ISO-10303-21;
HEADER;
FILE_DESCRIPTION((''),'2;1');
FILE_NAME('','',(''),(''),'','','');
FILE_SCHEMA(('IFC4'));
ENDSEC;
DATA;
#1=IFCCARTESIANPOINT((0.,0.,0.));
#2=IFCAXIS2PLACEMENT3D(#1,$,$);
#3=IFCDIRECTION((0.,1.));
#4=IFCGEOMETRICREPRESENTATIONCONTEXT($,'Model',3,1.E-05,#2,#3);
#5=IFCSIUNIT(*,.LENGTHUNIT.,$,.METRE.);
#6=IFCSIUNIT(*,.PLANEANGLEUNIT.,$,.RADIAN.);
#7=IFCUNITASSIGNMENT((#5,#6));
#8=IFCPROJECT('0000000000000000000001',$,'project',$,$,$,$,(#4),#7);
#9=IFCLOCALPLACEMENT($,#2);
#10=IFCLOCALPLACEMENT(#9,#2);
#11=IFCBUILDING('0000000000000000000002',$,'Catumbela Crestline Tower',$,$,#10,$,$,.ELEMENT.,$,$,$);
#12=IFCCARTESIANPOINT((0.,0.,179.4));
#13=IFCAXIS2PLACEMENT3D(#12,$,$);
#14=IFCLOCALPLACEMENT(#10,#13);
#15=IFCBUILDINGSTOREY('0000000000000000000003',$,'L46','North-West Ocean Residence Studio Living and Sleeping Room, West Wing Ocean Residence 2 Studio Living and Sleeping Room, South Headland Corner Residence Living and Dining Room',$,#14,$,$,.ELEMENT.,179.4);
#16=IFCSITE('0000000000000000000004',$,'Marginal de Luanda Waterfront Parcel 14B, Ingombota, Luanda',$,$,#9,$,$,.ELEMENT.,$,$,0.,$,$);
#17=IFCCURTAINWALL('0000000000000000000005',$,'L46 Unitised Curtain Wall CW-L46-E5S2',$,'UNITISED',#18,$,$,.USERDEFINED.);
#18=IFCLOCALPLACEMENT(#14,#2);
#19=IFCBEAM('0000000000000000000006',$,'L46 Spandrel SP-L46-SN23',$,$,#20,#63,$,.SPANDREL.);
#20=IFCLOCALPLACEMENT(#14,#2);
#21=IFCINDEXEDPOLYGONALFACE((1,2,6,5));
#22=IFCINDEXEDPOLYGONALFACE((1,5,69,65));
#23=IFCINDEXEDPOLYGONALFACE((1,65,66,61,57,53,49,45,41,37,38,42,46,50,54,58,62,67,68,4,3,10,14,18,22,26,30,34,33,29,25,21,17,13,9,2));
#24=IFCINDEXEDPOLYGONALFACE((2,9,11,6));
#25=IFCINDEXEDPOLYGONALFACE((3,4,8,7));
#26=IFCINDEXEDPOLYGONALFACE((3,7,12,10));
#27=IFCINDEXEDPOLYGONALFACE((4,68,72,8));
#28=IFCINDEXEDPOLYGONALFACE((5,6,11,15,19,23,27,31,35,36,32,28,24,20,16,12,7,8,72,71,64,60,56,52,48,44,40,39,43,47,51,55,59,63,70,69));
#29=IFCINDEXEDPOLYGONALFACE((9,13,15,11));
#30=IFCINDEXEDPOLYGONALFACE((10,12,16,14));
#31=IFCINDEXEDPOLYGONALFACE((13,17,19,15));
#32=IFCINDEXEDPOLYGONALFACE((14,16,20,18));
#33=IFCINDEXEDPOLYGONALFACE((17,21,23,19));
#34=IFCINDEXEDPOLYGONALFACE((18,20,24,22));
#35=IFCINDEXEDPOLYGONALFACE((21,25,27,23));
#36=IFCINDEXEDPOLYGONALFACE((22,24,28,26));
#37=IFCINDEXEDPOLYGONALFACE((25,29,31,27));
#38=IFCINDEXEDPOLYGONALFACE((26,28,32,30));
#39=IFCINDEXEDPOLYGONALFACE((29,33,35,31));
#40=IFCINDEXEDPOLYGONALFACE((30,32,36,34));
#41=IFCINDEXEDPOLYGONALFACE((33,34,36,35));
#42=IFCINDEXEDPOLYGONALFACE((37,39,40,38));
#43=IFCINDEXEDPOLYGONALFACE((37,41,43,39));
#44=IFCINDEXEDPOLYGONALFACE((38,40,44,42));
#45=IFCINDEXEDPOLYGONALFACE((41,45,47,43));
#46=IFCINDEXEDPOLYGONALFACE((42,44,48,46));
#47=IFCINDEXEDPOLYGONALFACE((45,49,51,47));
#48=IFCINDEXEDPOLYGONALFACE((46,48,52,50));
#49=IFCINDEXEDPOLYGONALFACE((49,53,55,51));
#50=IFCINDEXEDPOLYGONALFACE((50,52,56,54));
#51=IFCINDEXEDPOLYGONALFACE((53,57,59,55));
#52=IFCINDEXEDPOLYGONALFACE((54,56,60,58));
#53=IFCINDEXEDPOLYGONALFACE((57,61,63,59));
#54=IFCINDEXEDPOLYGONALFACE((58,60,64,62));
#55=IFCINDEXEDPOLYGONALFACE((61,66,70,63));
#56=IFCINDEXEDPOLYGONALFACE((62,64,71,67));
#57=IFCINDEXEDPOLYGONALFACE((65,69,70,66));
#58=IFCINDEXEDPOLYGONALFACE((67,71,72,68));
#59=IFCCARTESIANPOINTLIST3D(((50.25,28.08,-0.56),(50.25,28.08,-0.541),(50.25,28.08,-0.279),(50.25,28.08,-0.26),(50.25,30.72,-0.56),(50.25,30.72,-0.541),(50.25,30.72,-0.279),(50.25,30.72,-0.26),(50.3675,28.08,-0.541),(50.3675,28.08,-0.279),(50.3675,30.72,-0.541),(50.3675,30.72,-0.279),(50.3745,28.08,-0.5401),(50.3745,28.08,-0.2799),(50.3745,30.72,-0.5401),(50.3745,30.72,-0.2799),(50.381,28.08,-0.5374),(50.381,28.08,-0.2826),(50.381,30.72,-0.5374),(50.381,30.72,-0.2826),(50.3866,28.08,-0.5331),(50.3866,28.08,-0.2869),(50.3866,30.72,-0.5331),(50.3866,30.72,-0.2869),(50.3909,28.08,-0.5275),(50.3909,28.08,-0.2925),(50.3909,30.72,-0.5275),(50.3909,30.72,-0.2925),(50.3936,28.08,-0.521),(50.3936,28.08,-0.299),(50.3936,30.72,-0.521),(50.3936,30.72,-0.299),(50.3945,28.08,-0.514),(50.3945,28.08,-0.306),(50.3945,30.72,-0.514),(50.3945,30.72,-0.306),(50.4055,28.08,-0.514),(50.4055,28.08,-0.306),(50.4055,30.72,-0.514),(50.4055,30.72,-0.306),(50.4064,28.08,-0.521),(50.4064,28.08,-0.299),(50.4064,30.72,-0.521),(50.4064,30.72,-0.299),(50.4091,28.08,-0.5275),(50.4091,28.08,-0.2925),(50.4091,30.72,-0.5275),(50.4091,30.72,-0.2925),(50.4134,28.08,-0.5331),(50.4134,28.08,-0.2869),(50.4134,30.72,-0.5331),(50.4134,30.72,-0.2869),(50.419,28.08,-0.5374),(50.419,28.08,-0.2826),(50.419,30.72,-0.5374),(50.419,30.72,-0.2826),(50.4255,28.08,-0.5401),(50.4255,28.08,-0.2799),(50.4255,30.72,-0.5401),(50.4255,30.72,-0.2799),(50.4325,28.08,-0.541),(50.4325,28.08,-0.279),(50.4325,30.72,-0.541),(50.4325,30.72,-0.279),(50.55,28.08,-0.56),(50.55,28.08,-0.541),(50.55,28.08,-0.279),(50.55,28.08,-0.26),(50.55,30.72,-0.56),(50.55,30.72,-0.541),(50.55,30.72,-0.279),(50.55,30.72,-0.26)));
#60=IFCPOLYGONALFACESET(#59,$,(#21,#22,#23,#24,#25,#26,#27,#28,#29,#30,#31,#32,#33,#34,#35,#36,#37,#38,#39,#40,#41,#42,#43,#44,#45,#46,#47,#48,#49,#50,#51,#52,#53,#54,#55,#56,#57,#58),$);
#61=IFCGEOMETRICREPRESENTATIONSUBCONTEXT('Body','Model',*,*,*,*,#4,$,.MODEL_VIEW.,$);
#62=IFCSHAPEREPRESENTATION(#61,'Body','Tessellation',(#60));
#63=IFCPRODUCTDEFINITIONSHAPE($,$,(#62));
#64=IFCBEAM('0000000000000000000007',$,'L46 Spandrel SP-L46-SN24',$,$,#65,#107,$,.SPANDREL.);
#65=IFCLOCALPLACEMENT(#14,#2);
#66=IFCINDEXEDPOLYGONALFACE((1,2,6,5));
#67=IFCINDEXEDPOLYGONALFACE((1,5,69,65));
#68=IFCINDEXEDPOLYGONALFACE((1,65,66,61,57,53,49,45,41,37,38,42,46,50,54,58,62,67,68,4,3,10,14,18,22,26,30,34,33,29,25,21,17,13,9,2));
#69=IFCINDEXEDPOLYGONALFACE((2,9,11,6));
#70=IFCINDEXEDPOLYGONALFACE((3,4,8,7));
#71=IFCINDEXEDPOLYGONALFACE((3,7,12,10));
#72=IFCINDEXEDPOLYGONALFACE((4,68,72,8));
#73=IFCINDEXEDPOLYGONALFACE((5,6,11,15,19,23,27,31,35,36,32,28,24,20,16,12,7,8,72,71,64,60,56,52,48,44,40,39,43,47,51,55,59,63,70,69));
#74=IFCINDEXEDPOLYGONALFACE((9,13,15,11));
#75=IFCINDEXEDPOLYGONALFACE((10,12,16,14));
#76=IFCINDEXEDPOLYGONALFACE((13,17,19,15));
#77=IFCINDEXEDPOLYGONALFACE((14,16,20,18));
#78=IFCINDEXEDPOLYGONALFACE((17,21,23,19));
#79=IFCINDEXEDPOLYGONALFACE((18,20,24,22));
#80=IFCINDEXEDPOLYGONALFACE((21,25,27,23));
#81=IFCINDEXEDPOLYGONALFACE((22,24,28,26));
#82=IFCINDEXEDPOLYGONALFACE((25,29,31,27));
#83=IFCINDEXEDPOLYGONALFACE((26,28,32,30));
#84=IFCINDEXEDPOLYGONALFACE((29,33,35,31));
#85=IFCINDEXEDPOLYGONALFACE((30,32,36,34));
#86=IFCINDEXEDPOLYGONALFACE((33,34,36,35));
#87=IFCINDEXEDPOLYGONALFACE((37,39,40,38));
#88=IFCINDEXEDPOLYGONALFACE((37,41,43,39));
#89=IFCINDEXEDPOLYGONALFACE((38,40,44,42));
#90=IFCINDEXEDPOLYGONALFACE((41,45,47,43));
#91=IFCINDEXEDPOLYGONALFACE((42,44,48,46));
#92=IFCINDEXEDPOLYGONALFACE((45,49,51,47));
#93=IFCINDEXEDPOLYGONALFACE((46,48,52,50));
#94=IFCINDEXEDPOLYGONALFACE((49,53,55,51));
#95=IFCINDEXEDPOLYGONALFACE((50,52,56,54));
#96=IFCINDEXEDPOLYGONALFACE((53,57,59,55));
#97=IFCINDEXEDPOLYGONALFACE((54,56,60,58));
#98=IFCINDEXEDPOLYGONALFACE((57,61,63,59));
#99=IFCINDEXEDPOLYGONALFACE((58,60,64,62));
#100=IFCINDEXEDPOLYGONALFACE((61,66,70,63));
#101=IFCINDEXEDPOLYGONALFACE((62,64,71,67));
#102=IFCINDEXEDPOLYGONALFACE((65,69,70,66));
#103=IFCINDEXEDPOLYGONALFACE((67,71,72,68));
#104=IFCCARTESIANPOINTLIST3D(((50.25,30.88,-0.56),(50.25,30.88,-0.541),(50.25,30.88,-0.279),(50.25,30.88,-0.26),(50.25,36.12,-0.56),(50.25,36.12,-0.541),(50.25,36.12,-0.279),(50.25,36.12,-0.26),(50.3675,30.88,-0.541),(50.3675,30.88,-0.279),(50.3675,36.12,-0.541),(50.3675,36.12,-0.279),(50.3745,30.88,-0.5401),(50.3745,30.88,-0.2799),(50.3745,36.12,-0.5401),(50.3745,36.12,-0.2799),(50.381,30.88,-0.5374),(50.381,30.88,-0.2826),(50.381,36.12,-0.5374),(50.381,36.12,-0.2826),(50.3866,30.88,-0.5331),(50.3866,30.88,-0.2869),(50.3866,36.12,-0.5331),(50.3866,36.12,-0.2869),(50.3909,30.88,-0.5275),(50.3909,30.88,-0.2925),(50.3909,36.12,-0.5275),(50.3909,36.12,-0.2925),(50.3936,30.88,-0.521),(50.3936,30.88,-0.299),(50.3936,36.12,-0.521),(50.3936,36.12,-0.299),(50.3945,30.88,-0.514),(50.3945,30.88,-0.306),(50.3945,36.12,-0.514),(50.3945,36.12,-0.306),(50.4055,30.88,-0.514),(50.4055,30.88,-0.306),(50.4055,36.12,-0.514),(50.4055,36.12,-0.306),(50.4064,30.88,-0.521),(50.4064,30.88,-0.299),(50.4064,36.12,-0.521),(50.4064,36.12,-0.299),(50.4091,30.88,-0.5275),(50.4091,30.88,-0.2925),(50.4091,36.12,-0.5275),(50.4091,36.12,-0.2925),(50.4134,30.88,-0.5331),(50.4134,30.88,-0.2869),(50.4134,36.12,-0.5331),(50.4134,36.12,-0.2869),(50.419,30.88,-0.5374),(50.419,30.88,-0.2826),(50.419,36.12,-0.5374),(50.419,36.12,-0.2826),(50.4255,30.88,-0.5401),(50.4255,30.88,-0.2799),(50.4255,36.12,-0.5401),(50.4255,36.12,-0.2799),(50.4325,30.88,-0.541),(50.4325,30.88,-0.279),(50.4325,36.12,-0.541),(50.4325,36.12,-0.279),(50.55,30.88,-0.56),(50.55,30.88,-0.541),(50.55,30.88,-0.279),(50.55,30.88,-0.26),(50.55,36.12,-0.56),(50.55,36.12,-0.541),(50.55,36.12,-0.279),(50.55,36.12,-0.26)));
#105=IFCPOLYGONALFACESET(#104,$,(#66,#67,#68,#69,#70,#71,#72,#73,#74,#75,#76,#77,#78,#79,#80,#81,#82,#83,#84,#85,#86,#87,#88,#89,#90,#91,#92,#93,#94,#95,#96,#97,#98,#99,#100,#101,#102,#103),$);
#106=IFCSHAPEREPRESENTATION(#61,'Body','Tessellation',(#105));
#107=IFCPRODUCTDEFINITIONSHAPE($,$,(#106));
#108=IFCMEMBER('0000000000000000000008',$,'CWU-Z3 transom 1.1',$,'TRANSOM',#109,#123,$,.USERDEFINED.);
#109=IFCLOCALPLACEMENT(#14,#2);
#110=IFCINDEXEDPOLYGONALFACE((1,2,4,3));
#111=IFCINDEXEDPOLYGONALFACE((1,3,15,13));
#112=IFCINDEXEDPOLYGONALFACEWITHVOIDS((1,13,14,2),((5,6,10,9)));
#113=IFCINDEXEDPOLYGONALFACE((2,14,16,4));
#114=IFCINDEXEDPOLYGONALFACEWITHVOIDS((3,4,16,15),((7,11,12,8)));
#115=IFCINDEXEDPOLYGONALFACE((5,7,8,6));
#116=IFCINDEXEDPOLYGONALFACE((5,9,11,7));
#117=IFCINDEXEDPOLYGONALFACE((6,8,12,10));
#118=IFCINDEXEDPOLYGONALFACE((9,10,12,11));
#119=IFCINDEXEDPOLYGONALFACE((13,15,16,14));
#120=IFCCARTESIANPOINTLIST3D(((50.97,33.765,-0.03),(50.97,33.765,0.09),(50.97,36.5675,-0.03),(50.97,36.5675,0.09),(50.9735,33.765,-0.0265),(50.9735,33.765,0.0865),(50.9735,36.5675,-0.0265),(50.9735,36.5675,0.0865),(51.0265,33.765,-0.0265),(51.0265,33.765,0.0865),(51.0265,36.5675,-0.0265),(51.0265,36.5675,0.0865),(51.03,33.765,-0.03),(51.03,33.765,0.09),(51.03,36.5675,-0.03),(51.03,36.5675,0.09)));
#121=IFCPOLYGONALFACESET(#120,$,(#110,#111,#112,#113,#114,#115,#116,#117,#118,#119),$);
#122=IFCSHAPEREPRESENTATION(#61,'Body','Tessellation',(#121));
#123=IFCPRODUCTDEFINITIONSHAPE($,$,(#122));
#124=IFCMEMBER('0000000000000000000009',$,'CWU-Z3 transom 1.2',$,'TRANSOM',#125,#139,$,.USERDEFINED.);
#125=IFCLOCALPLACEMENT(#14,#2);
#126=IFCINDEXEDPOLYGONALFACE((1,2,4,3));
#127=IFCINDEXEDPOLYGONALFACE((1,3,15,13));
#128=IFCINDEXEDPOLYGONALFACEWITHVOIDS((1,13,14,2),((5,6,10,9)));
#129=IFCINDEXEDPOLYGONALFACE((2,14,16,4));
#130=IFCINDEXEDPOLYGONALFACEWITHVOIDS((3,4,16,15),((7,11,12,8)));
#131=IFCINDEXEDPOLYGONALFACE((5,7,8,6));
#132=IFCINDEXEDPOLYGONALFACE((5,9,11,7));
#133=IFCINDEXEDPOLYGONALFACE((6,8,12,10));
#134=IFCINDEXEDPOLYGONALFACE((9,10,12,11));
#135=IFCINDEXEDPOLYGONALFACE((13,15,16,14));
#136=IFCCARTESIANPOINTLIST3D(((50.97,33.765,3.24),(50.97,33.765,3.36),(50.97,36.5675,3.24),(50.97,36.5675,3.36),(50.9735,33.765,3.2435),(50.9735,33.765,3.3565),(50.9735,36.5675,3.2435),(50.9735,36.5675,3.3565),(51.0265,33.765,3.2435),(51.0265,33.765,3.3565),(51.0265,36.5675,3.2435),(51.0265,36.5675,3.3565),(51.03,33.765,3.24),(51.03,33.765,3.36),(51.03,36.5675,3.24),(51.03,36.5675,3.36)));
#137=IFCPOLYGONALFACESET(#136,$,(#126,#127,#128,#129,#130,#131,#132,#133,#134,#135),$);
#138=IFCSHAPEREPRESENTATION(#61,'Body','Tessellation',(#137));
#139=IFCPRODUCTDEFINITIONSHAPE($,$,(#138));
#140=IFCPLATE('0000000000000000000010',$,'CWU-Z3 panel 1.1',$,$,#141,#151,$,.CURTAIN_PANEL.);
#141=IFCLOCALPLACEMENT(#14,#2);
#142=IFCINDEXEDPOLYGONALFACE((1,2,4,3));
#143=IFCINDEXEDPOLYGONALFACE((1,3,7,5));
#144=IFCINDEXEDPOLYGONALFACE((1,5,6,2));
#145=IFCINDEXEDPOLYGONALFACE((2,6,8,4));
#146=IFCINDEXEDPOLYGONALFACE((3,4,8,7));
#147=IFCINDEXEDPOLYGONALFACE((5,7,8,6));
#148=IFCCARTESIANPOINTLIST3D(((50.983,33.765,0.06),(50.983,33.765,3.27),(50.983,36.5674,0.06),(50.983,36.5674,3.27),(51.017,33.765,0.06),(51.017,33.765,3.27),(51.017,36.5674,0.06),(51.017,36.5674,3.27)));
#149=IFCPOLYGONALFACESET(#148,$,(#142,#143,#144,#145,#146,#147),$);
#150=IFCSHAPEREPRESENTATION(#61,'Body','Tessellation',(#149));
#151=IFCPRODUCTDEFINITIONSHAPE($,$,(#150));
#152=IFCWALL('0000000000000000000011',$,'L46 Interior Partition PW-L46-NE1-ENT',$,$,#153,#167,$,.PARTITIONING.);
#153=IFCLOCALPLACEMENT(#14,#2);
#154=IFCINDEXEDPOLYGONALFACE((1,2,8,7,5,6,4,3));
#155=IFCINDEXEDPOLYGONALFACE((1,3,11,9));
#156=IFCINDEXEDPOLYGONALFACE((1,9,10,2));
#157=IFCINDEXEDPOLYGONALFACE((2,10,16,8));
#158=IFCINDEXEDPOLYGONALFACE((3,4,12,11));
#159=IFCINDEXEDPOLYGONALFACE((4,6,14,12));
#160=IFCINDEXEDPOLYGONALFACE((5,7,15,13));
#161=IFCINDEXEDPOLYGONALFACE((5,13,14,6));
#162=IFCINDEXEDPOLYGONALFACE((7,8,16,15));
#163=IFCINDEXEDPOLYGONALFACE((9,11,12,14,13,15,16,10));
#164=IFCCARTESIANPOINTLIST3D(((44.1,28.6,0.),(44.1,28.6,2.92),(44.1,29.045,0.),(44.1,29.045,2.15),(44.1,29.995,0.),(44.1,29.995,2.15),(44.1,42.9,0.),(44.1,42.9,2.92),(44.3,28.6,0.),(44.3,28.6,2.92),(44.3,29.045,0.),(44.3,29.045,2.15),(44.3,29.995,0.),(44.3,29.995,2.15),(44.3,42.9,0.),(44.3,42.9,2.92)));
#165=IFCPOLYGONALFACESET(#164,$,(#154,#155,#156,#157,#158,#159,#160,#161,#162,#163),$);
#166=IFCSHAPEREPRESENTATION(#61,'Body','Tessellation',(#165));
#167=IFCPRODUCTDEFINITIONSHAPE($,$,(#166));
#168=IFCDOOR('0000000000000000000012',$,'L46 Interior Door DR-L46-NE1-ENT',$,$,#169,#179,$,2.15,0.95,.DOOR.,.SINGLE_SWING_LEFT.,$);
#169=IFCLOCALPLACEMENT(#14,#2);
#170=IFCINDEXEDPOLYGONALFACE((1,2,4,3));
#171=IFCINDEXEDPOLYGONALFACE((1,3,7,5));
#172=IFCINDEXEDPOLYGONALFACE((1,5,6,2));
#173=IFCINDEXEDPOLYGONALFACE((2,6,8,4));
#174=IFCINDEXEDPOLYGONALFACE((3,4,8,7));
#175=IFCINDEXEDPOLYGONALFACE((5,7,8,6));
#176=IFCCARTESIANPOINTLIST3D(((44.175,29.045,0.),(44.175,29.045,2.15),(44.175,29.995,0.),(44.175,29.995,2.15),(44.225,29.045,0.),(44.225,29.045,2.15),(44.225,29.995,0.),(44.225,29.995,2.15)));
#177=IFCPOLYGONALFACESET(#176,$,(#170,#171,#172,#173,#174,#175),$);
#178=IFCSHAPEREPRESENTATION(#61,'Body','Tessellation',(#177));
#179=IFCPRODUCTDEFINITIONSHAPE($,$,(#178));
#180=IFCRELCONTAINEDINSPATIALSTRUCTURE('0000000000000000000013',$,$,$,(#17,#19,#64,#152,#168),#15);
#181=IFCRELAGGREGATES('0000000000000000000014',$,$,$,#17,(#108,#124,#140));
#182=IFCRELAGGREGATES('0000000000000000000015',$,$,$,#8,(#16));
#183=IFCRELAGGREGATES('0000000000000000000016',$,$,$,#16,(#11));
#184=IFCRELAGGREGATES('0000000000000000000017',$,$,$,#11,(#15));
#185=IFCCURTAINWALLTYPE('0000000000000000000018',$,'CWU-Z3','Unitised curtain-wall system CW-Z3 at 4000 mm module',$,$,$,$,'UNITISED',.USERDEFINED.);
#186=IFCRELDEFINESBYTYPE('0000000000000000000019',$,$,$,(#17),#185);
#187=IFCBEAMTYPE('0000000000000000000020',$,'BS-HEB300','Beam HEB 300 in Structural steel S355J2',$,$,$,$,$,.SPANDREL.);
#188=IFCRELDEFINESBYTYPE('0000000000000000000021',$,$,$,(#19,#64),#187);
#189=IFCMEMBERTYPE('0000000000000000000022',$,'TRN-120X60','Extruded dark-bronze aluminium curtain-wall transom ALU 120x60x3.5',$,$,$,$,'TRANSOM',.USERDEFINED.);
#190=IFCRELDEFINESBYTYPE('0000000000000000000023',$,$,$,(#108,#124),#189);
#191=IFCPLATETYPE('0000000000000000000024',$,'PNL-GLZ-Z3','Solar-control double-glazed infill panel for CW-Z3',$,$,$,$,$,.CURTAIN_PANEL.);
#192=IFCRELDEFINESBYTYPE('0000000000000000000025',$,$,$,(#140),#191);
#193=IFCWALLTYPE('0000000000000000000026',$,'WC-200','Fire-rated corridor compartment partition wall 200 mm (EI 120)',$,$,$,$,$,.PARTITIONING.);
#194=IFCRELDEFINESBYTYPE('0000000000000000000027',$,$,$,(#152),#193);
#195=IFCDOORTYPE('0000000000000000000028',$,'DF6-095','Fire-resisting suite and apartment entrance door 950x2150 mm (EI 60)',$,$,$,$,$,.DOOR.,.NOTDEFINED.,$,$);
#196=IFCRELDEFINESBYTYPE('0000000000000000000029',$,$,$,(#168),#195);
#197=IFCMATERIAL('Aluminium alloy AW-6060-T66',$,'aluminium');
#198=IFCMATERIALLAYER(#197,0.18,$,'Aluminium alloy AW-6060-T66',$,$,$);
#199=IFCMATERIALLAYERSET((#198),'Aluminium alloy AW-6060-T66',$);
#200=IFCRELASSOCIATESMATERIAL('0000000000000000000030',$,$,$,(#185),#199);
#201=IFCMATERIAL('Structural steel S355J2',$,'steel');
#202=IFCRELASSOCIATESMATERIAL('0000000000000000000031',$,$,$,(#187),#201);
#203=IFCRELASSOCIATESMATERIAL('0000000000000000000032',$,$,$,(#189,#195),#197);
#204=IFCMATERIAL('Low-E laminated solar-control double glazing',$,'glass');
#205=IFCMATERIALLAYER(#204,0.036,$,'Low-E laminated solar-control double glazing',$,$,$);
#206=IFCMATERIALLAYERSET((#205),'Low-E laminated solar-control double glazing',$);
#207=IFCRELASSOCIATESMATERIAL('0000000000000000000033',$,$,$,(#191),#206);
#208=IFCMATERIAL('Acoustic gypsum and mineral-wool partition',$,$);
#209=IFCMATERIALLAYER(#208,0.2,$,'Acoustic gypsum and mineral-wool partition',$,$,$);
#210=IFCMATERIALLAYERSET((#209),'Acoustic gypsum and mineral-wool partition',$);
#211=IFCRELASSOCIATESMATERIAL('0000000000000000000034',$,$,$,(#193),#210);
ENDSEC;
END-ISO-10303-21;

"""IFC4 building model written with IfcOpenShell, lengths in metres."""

from ifc_helpers import new_model, si_unit, direction, frame, frame_2d, origin, origin_2d, place, context, subcontext, project, spatial, rectangle, hollow_rectangle, i_section, extrude, material, layer, layer_set, material_profile, profile_set, type_object, element, fill, aggregate, save


model = new_model("IFC4")

# Units and contexts
model_context = context("Model", 3, precision=1e-05, world=origin(), true_north=direction((0.0, 1.0)))
body_context = subcontext(model_context, "Body", "Model", "MODEL_VIEW")
ifc_project = project(units=[si_unit("LENGTHUNIT", "METRE"), si_unit("PLANEANGLEUNIT", "RADIAN")], contexts=[model_context])

# Site, building, storey
site_placement = place(None, origin())
site = spatial("IfcSite", under=ifc_project, at=site_placement, Name="Marginal de Luanda Waterfront Parcel 14B, Ingombota, Luanda", CompositionType="ELEMENT", RefElevation=0.0)
building_placement = place(site_placement, origin())
building = spatial("IfcBuilding", under=site, at=building_placement, Name="Catumbela Crestline Tower", CompositionType="ELEMENT")
storey_placement = place(building_placement, frame((0.0, 0.0, 179.4)))
storey = spatial("IfcBuildingStorey", under=building, at=storey_placement, Name="L46", Description="North-West Ocean Residence Studio Living and Sleeping Room, West Wing Ocean Residence 2 Studio Living and Sleeping Room, South Headland Corner Residence Living and Dining Room", CompositionType="ELEMENT", Elevation=179.4)

# Shared definitions
ifc_material_1 = material(Name="Structural steel S355J2", Category="steel")

# Curtain wall
ifc_material_2 = material(Name="Aluminium alloy AW-6060-T66", Category="aluminium")
ifc_layer_1 = layer(ifc_material_2, 0.18, Name="Aluminium alloy AW-6060-T66")
ifc_layer_set_1 = layer_set([ifc_layer_1], Name="Aluminium alloy AW-6060-T66")
curtain_wall_type = type_object("IfcCurtainWallType", Name="CWU-Z3", Description="Unitised curtain-wall system CW-Z3 at 4000 mm module", ElementType="UNITISED", PredefinedType="USERDEFINED", material=ifc_layer_set_1)
curtain_wall_placement = place(storey_placement, origin())
curtain_wall = element("IfcCurtainWall", 1, at=curtain_wall_placement, inside=storey, type_object=curtain_wall_type, Name="L46 Unitised Curtain Wall CW-L46-E5S2", ObjectType="UNITISED", PredefinedType="USERDEFINED")

# Beams
ifc_material_profile_1 = material_profile(ifc_material_1, i_section(OverallWidth=0.3, OverallDepth=0.3, WebThickness=0.011, FlangeThickness=0.019, FilletRadius=0.027, at=origin_2d()), Name="HEB 300")
ifc_profile_set_1 = profile_set([ifc_material_profile_1], Name="Structural steel S355J2")
beam_type_1 = type_object("IfcBeamType", Name="BS-HEB300", Description="Beam HEB 300 in Structural steel S355J2", PredefinedType="SPANDREL", material=ifc_profile_set_1)
beam_1_placement = place(storey_placement, frame((50.4, 28.08, -0.41), z_axis=(0.0, 1.0, 0.0), x_axis=(-1.0, 0.0, 0.0)))
element("IfcBeam", 2, at=beam_1_placement, inside=storey, type_object=beam_type_1, Name="L46 Spandrel SP-L46-SN23", PredefinedType="SPANDREL", context=body_context, shape_type="SweptSolid", body=[
    extrude(i_section(OverallWidth=0.3, OverallDepth=0.3, WebThickness=0.011, FlangeThickness=0.019, FilletRadius=0.027, at=origin_2d()), origin(), (0.0, 0.0, 1.0), 2.64),
])
beam_2_placement = place(storey_placement, frame((50.4, 30.88, -0.41), z_axis=(0.0, 1.0, 0.0), x_axis=(-1.0, 0.0, 0.0)))
element("IfcBeam", 3, at=beam_2_placement, inside=storey, type_object=beam_type_1, Name="L46 Spandrel SP-L46-SN24", PredefinedType="SPANDREL", context=body_context, shape_type="SweptSolid", body=[
    extrude(i_section(OverallWidth=0.3, OverallDepth=0.3, WebThickness=0.011, FlangeThickness=0.019, FilletRadius=0.027, at=origin_2d()), origin(), (0.0, 0.0, 1.0), 5.24),
])

# Members
ifc_material_profile_2 = material_profile(ifc_material_2, hollow_rectangle(XDim=0.06, YDim=0.12, WallThickness=0.0035, at=origin_2d()), Name="ALU 120x60x3.5")
ifc_profile_set_2 = profile_set([ifc_material_profile_2], Name="Aluminium alloy AW-6060-T66")
member_type_1 = type_object("IfcMemberType", Name="TRN-120X60", Description="Extruded dark-bronze aluminium curtain-wall transom ALU 120x60x3.5", ElementType="TRANSOM", PredefinedType="USERDEFINED", material=ifc_profile_set_2)
member_1_placement = place(storey_placement, frame((51.0, 33.765, 0.03), z_axis=(0.0, 1.0, 0.0), x_axis=(-1.0, 0.0, 0.0)))
member_1 = element("IfcMember", 4, at=member_1_placement, type_object=member_type_1, Name="CWU-Z3 transom 1.1", ObjectType="TRANSOM", PredefinedType="USERDEFINED", context=body_context, shape_type="SweptSolid", body=[
    extrude(hollow_rectangle(XDim=0.06, YDim=0.12, WallThickness=0.0035, at=origin_2d()), origin(), (0.0, 0.0, 1.0), 2.8025),
])
member_2_placement = place(storey_placement, frame((51.0, 33.765, 3.3), z_axis=(0.0, 1.0, 0.0), x_axis=(-1.0, 0.0, 0.0)))
member_2 = element("IfcMember", 5, at=member_2_placement, type_object=member_type_1, Name="CWU-Z3 transom 1.2", ObjectType="TRANSOM", PredefinedType="USERDEFINED", context=body_context, shape_type="SweptSolid", body=[
    extrude(hollow_rectangle(XDim=0.06, YDim=0.12, WallThickness=0.0035, at=origin_2d()), origin(), (0.0, 0.0, 1.0), 2.8025),
])

# Plate
ifc_material_3 = material(Name="Low-E laminated solar-control double glazing", Category="glass")
ifc_layer_2 = layer(ifc_material_3, 0.036, Name="Low-E laminated solar-control double glazing")
ifc_layer_set_2 = layer_set([ifc_layer_2], Name="Low-E laminated solar-control double glazing")
plate_type = type_object("IfcPlateType", Name="PNL-GLZ-Z3", Description="Solar-control double-glazed infill panel for CW-Z3", PredefinedType="CURTAIN_PANEL", material=ifc_layer_set_2)
plate_placement = place(storey_placement, frame((51.0, 35.1662, 0.06), z_axis=(0.0, 0.0, 1.0), x_axis=(0.0, 1.0, 0.0)))
plate = element("IfcPlate", 6, at=plate_placement, type_object=plate_type, Name="CWU-Z3 panel 1.1", PredefinedType="CURTAIN_PANEL", context=body_context, shape_type="SweptSolid", body=[
    extrude(rectangle(XDim=2.8025, YDim=0.034, at=origin_2d()), origin(), (0.0, 0.0, 1.0), 3.21),
])
aggregate(curtain_wall, [member_1, member_2, plate])

# Wall, opening, door
ifc_material_4 = material(Name="Acoustic gypsum and mineral-wool partition")
ifc_layer_3 = layer(ifc_material_4, 0.2, Name="Acoustic gypsum and mineral-wool partition")
ifc_layer_set_3 = layer_set([ifc_layer_3], Name="Acoustic gypsum and mineral-wool partition")
wall_type_1 = type_object("IfcWallType", Name="WC-200", Description="Fire-rated corridor compartment partition wall 200 mm (EI 120)", PredefinedType="PARTITIONING", material=ifc_layer_set_3)
wall_1_placement = place(storey_placement, frame((44.2, 28.6, 0.0), z_axis=(0.0, 0.0, 1.0), x_axis=(0.0, 1.0, 0.0)))
wall_1 = element("IfcWall", 7, at=wall_1_placement, inside=storey, type_object=wall_type_1, Name="L46 Interior Partition PW-L46-NE1-ENT", PredefinedType="PARTITIONING", context=body_context, shape_type="SweptSolid", body=[
    extrude(rectangle(XDim=14.3, YDim=0.2, at=frame_2d((7.15, 0.0))), origin(), (0.0, 0.0, 1.0), 2.92),
])
opening_1_placement = place(wall_1_placement, frame((0.445, 0.0, 0.0)))
opening_1 = element("IfcOpeningElement", 8, at=opening_1_placement, cuts=wall_1, PredefinedType="OPENING", context=body_context, shape_type="SweptSolid", body=[
    extrude(rectangle(XDim=0.95, YDim=2.15, at=frame_2d((0.475, 1.075))), frame((0.0, 0.11, 0.0), z_axis=(0.0, -1.0, 0.0), x_axis=(1.0, 0.0, 0.0)), (0.0, 0.0, 1.0), 0.22),
])
door_type_1 = type_object("IfcDoorType", Name="DF6-095", Description="Fire-resisting suite and apartment entrance door 950x2150 mm (EI 60)", OperationType="NOTDEFINED", PredefinedType="DOOR", material=ifc_material_2)
door_1_placement = place(opening_1_placement, origin())
door_1 = element("IfcDoor", 9, at=door_1_placement, inside=storey, type_object=door_type_1, Name="L46 Interior Door DR-L46-NE1-ENT", OperationType="SINGLE_SWING_LEFT", OverallHeight=2.15, OverallWidth=0.95, PredefinedType="DOOR", context=body_context, shape_type="SweptSolid", body=[
    extrude(rectangle(XDim=0.95, YDim=2.15, at=frame_2d((0.475, 1.075))), frame((0.0, 0.025, 0.0), z_axis=(0.0, -1.0, 0.0), x_axis=(1.0, 0.0, 0.0)), (0.0, 0.0, 1.0), 0.05),
])
fill(opening_1, door_1)

save(model, "model.ifc")
